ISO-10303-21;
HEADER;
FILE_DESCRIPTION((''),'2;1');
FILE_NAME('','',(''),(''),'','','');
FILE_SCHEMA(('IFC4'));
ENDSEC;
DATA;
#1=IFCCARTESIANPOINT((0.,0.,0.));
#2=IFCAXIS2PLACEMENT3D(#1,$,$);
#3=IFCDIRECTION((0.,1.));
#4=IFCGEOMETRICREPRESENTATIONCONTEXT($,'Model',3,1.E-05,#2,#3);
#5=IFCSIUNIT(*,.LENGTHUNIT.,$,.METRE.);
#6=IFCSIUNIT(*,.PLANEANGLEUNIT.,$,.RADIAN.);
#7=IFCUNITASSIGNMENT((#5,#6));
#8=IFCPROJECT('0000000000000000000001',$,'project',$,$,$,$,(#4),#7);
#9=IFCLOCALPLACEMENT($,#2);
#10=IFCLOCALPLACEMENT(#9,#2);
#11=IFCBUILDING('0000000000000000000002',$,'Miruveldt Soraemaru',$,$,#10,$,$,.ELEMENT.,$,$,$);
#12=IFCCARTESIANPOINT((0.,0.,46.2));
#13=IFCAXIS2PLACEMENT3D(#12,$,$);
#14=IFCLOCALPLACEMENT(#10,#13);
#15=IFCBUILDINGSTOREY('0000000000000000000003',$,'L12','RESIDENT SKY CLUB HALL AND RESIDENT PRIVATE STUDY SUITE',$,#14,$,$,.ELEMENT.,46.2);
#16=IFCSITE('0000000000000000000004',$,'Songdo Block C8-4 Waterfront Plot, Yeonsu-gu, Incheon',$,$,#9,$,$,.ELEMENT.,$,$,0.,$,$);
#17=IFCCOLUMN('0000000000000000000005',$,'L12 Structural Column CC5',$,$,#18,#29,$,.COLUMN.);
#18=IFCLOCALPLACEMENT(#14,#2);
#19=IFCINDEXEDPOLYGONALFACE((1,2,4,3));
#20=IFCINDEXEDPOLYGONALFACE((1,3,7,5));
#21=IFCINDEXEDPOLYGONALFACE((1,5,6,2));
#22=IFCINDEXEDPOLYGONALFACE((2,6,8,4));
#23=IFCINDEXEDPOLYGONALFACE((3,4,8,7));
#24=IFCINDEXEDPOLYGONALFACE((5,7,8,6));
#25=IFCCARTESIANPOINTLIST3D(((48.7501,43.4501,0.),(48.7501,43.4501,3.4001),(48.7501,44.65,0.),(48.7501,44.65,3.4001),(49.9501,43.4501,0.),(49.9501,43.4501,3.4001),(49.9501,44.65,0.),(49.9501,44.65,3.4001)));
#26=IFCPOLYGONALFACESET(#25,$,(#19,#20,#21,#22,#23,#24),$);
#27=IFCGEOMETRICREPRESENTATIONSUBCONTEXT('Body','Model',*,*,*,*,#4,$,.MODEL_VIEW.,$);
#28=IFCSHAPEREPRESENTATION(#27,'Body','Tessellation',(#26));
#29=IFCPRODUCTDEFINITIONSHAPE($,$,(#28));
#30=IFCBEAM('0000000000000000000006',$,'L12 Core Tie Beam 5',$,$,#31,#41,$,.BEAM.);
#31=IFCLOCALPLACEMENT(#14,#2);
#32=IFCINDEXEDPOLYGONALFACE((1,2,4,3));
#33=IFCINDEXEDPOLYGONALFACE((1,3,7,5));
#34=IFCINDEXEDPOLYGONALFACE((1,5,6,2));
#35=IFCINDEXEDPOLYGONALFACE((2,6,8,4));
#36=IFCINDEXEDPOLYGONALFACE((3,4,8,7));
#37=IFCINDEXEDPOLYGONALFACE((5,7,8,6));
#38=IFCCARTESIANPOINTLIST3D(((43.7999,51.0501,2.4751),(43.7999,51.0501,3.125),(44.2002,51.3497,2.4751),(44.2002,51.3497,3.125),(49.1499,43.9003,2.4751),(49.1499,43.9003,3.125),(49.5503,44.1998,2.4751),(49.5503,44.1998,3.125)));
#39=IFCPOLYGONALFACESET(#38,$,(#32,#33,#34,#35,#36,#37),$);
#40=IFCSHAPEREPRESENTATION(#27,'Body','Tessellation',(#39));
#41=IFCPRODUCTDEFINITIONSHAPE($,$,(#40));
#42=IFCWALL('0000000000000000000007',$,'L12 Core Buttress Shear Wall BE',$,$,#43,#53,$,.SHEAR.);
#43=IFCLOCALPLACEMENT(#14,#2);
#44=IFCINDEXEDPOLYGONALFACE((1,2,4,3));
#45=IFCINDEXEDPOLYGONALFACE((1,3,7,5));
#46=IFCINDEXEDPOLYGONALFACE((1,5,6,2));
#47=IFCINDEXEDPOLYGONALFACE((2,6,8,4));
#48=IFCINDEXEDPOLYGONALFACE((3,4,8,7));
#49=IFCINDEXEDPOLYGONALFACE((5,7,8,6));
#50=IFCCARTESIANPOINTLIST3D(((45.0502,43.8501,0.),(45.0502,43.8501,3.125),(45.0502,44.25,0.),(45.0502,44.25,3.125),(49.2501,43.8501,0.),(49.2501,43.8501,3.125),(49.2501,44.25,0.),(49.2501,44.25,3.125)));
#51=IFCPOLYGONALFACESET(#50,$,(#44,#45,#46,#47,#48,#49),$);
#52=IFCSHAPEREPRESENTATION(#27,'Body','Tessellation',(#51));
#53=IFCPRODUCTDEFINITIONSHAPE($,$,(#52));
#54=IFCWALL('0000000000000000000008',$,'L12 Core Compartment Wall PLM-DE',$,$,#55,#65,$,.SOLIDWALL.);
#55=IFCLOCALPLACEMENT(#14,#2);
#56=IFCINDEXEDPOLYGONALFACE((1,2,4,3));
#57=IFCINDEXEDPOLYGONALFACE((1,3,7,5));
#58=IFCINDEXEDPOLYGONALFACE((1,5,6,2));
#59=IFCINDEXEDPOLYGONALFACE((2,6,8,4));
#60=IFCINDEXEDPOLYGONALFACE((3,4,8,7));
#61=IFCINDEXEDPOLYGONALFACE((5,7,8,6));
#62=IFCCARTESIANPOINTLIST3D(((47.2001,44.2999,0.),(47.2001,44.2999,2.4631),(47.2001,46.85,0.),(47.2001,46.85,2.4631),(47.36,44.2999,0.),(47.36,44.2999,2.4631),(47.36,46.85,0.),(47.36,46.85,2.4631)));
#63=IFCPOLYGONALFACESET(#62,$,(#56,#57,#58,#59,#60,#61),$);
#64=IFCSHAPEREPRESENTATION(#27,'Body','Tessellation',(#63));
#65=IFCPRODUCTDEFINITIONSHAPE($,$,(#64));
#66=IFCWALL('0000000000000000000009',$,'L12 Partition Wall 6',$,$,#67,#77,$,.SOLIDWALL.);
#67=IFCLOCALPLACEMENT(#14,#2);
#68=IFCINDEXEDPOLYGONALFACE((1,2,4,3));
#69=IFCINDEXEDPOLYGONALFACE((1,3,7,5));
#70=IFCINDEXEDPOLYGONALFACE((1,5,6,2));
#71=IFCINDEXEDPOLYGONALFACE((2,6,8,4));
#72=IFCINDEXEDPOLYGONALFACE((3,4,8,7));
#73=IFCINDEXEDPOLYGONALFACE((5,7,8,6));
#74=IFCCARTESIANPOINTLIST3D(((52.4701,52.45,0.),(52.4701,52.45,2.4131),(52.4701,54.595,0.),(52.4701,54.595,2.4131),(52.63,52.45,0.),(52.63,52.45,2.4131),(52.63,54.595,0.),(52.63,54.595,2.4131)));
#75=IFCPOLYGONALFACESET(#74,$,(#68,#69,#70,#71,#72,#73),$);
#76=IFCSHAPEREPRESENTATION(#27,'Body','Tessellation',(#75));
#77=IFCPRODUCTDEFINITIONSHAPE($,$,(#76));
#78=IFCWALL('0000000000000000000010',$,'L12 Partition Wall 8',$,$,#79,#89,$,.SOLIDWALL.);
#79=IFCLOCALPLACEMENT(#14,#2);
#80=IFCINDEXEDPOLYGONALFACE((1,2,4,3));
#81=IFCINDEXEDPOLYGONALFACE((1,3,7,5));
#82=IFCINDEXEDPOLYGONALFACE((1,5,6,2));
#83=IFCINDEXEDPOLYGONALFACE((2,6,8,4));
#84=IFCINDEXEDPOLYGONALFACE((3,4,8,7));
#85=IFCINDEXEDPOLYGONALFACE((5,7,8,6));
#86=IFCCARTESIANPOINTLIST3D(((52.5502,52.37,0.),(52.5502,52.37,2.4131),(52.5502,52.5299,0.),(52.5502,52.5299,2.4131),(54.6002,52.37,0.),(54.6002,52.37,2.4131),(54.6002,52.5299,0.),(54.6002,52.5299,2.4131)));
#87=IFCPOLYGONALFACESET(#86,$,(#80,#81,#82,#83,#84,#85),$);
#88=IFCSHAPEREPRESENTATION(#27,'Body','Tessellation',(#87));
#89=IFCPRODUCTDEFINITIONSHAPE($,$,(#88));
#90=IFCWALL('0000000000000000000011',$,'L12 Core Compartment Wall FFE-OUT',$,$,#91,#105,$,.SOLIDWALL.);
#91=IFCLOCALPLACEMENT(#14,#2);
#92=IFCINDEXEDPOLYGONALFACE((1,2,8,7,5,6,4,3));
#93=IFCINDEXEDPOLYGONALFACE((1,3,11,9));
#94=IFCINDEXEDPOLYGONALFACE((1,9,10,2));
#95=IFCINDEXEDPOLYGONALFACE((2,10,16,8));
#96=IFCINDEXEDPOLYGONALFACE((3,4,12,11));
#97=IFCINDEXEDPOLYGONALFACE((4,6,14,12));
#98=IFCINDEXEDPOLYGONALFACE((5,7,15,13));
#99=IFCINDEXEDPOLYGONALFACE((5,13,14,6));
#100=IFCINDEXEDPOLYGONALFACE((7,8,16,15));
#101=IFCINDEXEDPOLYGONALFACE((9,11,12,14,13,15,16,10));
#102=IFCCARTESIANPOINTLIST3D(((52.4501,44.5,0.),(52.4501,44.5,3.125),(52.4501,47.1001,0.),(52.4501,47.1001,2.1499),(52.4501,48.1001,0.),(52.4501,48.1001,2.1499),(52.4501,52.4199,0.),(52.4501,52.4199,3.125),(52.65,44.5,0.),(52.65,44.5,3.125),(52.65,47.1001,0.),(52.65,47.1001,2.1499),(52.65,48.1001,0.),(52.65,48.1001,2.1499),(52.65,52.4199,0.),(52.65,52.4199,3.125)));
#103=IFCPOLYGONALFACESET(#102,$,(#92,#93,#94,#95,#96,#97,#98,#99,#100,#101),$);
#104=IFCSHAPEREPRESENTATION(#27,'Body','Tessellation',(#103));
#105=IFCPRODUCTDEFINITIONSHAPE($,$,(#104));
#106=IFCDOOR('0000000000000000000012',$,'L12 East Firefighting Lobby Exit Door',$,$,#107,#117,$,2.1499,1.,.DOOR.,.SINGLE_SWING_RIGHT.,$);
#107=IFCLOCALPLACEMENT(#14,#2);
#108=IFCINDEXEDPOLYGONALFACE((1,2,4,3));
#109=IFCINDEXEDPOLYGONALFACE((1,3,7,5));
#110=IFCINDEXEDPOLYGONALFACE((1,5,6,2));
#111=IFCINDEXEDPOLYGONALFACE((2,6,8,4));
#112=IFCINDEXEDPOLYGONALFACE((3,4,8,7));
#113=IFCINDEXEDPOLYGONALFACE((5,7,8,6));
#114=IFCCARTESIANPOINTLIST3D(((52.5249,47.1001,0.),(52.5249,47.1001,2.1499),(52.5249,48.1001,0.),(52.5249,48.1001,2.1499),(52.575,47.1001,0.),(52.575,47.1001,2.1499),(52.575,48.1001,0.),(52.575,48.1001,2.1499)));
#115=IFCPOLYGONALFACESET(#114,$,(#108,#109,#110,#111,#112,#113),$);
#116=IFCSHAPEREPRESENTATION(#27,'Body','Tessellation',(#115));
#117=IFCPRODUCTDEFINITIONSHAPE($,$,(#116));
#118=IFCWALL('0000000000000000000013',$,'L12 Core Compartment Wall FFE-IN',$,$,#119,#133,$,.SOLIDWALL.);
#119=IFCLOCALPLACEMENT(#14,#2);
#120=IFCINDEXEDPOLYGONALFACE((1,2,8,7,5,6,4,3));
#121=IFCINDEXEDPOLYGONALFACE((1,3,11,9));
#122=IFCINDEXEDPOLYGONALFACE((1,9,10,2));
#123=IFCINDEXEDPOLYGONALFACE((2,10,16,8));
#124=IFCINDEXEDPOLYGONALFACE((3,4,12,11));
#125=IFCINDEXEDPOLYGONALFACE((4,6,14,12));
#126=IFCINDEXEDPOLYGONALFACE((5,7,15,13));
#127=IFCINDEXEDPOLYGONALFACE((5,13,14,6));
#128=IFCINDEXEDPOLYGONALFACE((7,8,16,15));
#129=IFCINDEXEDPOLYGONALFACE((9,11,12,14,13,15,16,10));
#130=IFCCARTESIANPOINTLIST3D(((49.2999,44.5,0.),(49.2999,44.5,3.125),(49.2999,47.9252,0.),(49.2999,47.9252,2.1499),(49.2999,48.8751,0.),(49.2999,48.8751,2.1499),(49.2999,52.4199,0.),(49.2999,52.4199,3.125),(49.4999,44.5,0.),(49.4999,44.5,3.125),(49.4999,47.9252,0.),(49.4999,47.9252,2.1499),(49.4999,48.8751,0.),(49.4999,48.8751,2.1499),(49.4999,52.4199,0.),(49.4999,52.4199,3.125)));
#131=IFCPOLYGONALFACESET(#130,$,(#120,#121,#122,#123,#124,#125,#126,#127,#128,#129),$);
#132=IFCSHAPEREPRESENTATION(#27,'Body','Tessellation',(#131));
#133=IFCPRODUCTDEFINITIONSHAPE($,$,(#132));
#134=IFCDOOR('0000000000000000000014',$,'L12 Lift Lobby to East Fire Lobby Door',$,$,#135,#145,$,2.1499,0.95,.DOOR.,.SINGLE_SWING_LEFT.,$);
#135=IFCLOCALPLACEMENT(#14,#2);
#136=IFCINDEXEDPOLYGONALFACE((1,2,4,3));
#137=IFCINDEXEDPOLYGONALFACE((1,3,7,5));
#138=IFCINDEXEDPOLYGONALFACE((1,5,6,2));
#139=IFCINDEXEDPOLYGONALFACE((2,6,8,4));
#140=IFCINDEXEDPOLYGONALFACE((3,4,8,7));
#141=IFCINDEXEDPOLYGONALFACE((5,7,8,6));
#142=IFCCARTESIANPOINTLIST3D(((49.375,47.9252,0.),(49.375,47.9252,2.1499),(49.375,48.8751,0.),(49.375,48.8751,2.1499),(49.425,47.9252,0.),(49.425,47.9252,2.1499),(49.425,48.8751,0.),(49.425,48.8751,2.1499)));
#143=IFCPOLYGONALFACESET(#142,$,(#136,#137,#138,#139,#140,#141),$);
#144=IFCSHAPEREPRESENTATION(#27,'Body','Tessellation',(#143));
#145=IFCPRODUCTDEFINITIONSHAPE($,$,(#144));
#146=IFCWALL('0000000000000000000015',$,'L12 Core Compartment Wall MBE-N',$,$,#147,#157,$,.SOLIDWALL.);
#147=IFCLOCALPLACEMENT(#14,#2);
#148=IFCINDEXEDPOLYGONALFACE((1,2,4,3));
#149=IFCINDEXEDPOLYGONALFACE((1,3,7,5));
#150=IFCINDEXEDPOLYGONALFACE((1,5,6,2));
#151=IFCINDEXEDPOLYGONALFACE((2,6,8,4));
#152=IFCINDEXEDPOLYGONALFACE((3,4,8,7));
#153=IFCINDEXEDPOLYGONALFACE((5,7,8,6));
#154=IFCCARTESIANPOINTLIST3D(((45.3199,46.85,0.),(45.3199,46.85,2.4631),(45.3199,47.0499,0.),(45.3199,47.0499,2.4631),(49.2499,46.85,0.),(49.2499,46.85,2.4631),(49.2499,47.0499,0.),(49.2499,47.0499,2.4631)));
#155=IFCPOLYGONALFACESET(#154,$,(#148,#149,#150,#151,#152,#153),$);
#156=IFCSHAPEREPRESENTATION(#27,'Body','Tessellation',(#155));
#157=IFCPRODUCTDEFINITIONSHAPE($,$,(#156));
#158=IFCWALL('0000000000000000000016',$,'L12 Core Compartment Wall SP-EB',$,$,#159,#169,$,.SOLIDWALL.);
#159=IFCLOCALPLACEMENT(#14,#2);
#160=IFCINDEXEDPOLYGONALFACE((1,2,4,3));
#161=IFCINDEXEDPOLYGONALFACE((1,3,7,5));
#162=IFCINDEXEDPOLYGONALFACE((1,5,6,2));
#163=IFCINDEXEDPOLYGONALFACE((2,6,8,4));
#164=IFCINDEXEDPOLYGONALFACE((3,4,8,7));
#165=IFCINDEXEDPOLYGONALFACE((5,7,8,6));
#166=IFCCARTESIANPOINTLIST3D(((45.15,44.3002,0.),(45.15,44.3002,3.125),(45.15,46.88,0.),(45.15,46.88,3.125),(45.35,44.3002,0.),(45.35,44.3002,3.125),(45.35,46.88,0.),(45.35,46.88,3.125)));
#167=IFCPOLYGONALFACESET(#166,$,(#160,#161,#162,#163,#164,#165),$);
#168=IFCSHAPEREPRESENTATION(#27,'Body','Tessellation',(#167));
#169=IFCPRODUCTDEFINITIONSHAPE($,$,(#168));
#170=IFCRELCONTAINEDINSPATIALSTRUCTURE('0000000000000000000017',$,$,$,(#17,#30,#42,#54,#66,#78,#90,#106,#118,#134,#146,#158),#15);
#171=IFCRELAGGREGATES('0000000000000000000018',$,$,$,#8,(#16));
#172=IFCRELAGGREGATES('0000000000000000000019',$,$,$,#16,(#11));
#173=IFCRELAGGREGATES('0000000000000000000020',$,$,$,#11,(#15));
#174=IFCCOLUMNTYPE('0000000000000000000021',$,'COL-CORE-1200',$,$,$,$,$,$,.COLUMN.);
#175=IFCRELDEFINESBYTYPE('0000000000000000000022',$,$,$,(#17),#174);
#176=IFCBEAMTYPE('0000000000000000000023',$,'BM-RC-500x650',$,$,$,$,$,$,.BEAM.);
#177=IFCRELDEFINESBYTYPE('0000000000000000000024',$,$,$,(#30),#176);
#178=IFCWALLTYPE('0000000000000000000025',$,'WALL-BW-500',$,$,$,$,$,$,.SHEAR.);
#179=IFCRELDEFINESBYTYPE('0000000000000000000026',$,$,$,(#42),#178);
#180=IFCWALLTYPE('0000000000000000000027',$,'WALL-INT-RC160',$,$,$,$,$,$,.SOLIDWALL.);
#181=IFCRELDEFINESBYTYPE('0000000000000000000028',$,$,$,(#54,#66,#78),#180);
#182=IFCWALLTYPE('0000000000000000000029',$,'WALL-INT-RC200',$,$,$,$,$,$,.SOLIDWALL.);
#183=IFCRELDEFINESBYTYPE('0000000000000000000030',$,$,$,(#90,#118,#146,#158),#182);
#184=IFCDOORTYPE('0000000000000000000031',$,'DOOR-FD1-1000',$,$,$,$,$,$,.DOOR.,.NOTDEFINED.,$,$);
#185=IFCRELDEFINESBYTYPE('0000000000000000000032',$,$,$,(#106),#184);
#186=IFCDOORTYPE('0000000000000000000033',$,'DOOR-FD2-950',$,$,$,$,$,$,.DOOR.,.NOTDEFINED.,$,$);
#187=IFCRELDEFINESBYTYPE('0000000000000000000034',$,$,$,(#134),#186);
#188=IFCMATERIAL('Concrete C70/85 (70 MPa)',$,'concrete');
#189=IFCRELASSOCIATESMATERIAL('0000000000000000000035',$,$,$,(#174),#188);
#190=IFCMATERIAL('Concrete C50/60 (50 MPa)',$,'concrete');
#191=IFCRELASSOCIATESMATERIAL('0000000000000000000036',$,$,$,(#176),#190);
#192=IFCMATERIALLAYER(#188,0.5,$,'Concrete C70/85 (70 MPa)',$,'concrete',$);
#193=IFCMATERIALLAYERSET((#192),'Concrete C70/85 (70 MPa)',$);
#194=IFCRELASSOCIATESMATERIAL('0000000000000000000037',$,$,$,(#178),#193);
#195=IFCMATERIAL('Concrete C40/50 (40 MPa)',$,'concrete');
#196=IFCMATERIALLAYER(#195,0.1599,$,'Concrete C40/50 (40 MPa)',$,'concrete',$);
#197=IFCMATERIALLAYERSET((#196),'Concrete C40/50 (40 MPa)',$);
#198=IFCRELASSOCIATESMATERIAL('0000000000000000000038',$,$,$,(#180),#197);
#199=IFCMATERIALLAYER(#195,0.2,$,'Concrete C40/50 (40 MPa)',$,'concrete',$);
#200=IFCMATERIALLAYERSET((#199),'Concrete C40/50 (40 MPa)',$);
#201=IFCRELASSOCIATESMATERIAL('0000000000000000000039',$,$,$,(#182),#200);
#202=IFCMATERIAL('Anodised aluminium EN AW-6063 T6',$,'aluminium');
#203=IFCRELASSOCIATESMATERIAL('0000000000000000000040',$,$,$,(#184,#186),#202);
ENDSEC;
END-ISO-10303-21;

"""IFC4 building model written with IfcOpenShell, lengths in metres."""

from ifc_helpers import new_model, si_unit, direction, frame, frame_2d, origin, origin_2d, place, context, subcontext, project, spatial, rectangle, extrude, material, layer, layer_set, material_profile, profile_set, type_object, element, fill, save


model = new_model("IFC4")

# Units and contexts
model_context = context("Model", 3, precision=1e-05, world=origin(), true_north=direction((0.0, 1.0)))
body_context = subcontext(model_context, "Body", "Model", "MODEL_VIEW")
ifc_project = project(units=[si_unit("LENGTHUNIT", "METRE"), si_unit("PLANEANGLEUNIT", "RADIAN")], contexts=[model_context])

# Site, building, storey
site_placement = place(None, origin())
site = spatial("IfcSite", under=ifc_project, at=site_placement, Name="Songdo Block C8-4 Waterfront Plot, Yeonsu-gu, Incheon", CompositionType="ELEMENT", RefElevation=0.0)
building_placement = place(site_placement, origin())
building = spatial("IfcBuilding", under=site, at=building_placement, Name="Miruveldt Soraemaru", CompositionType="ELEMENT")
storey_placement = place(building_placement, frame((0.0, 0.0, 46.2)))
storey = spatial("IfcBuildingStorey", under=building, at=storey_placement, Name="L12", Description="RESIDENT SKY CLUB HALL AND RESIDENT PRIVATE STUDY SUITE", CompositionType="ELEMENT", Elevation=46.2)

# Column
ifc_material_1 = material(Name="Concrete C70/85 (70 MPa)", Category="concrete")
ifc_material_profile_1 = material_profile(ifc_material_1, rectangle(XDim=1.2, YDim=1.2, at=origin_2d()), Name="Concrete C70/85 (70 MPa)", Category="concrete")
ifc_profile_set_1 = profile_set([ifc_material_profile_1], Name="Concrete C70/85 (70 MPa)")
column_type = type_object("IfcColumnType", Name="COL-CORE-1200", PredefinedType="COLUMN", material=ifc_profile_set_1)
column_placement = place(storey_placement, frame((49.3501, 44.05, 0.0), z_axis=(0.0, 0.0, 1.0), x_axis=(1.0, 0.0, 0.0)))
element("IfcColumn", 1, at=column_placement, inside=storey, type_object=column_type, Name="L12 Structural Column CC5", PredefinedType="COLUMN", context=body_context, shape_type="SweptSolid", body=[
    extrude(rectangle(XDim=1.2, YDim=1.2, at=origin_2d()), origin(), (0.0, 0.0, 1.0), 3.4001),
])

# Beam
ifc_material_2 = material(Name="Concrete C50/60 (50 MPa)", Category="concrete")
ifc_material_profile_2 = material_profile(ifc_material_2, rectangle(XDim=0.5, YDim=0.6499, at=origin_2d()), Name="Concrete C50/60 (50 MPa)", Category="concrete")
ifc_profile_set_2 = profile_set([ifc_material_profile_2], Name="Concrete C50/60 (50 MPa)")
beam_type = type_object("IfcBeamType", Name="BM-RC-500x650", PredefinedType="BEAM", material=ifc_profile_set_2)
beam_placement = place(storey_placement, frame((49.3501, 44.05, 2.8), z_axis=(-0.599116, 0.800662, 0.0), x_axis=(-0.800662, -0.599116, 0.0)))
element("IfcBeam", 2, at=beam_placement, inside=storey, type_object=beam_type, Name="L12 Core Tie Beam 5", PredefinedType="BEAM", context=body_context, shape_type="SweptSolid", body=[
    extrude(rectangle(XDim=0.5, YDim=0.6499, at=origin_2d()), origin(), (0.0, 0.0, 1.0), 8.9299),
])

# Walls
ifc_layer_1 = layer(ifc_material_1, 0.5, Name="Concrete C70/85 (70 MPa)", Category="concrete")
ifc_layer_set_1 = layer_set([ifc_layer_1], Name="Concrete C70/85 (70 MPa)")
wall_type_1 = type_object("IfcWallType", Name="WALL-BW-500", PredefinedType="SHEAR", material=ifc_layer_set_1)
wall_1_placement = place(storey_placement, frame((45.05, 44.05, 0.0), z_axis=(0.0, 0.0, 1.0), x_axis=(1.0, 0.0, 0.0)))
element("IfcWall", 3, at=wall_1_placement, inside=storey, type_object=wall_type_1, Name="L12 Core Buttress Shear Wall BE", PredefinedType="SHEAR", context=body_context, shape_type="SweptSolid", body=[
    extrude(rectangle(XDim=4.2, YDim=0.3999, at=frame_2d((2.1001, 0.0))), origin(), (0.0, 0.0, 1.0), 3.125),
])
ifc_material_3 = material(Name="Concrete C40/50 (40 MPa)", Category="concrete")
ifc_layer_2 = layer(ifc_material_3, 0.1599, Name="Concrete C40/50 (40 MPa)", Category="concrete")
ifc_layer_set_2 = layer_set([ifc_layer_2], Name="Concrete C40/50 (40 MPa)")
wall_type_2 = type_object("IfcWallType", Name="WALL-INT-RC160", PredefinedType="SOLIDWALL", material=ifc_layer_set_2)
wall_2_placement = place(storey_placement, frame((47.28, 44.3, 0.0), z_axis=(0.0, 0.0, 1.0), x_axis=(0.0, 1.0, 0.0)))
element("IfcWall", 4, at=wall_2_placement, inside=storey, type_object=wall_type_2, Name="L12 Core Compartment Wall PLM-DE", PredefinedType="SOLIDWALL", context=body_context, shape_type="SweptSolid", body=[
    extrude(rectangle(XDim=2.55, YDim=0.1599, at=frame_2d((1.2749, 0.0))), origin(), (0.0, 0.0, 1.0), 2.4631),
])
wall_3_placement = place(storey_placement, frame((52.55, 52.45, 0.0), z_axis=(0.0, 0.0, 1.0), x_axis=(0.0, 1.0, 0.0)))
element("IfcWall", 5, at=wall_3_placement, inside=storey, type_object=wall_type_2, Name="L12 Partition Wall 6", PredefinedType="SOLIDWALL", context=body_context, shape_type="SweptSolid", body=[
    extrude(rectangle(XDim=2.145, YDim=0.1599, at=frame_2d((1.0725, 0.0))), origin(), (0.0, 0.0, 1.0), 2.4131),
])
wall_4_placement = place(storey_placement, frame((54.6001, 52.45, 0.0), z_axis=(0.0, 0.0, 1.0), x_axis=(-1.0, 0.0, 0.0)))
element("IfcWall", 6, at=wall_4_placement, inside=storey, type_object=wall_type_2, Name="L12 Partition Wall 8", PredefinedType="SOLIDWALL", context=body_context, shape_type="SweptSolid", body=[
    extrude(rectangle(XDim=2.05, YDim=0.1599, at=frame_2d((1.0249, 0.0))), origin(), (0.0, 0.0, 1.0), 2.4131),
])

# Walls, openings, doors
ifc_layer_3 = layer(ifc_material_3, 0.2, Name="Concrete C40/50 (40 MPa)", Category="concrete")
ifc_layer_set_3 = layer_set([ifc_layer_3], Name="Concrete C40/50 (40 MPa)")
wall_type_3 = type_object("IfcWallType", Name="WALL-INT-RC200", PredefinedType="SOLIDWALL", material=ifc_layer_set_3)
wall_5_placement = place(storey_placement, frame((52.55, 44.5, 0.0), z_axis=(0.0, 0.0, 1.0), x_axis=(0.0, 1.0, 0.0)))
wall_5 = element("IfcWall", 7, at=wall_5_placement, inside=storey, type_object=wall_type_3, Name="L12 Core Compartment Wall FFE-OUT", PredefinedType="SOLIDWALL", context=body_context, shape_type="SweptSolid", body=[
    extrude(rectangle(XDim=7.9199, YDim=0.2, at=frame_2d((3.96, 0.0))), origin(), (0.0, 0.0, 1.0), 3.125),
])
opening_1_placement = place(wall_5_placement, frame((2.6001, 0.0, 0.0)))
opening_1 = element("IfcOpeningElement", 8, at=opening_1_placement, cuts=wall_5, PredefinedType="OPENING", context=body_context, shape_type="SweptSolid", body=[
    extrude(rectangle(XDim=1.0, YDim=2.1499, at=frame_2d((0.5, 1.075))), frame((0.0, 0.1099, 0.0), z_axis=(0.0, -1.0, 0.0), x_axis=(1.0, 0.0, 0.0)), (0.0, 0.0, 1.0), 0.22),
])
ifc_material_4 = material(Name="Anodised aluminium EN AW-6063 T6", Category="aluminium")
door_type_1 = type_object("IfcDoorType", Name="DOOR-FD1-1000", OperationType="NOTDEFINED", PredefinedType="DOOR", material=ifc_material_4)
door_1_placement = place(opening_1_placement, frame((1.0, 0.0, 0.0), z_axis=(0.0, 0.0, 1.0), x_axis=(-1.0, 0.0, 0.0)))
door_1 = element("IfcDoor", 9, at=door_1_placement, inside=storey, type_object=door_type_1, Name="L12 East Firefighting Lobby Exit Door", OperationType="SINGLE_SWING_RIGHT", OverallHeight=2.1499, OverallWidth=1.0, PredefinedType="DOOR", context=body_context, shape_type="SweptSolid", body=[
    extrude(rectangle(XDim=1.0, YDim=2.1499, at=frame_2d((0.5, 1.075))), frame((0.0, 0.0249, 0.0), z_axis=(0.0, -1.0, 0.0), x_axis=(1.0, 0.0, 0.0)), (0.0, 0.0, 1.0), 0.05),
])
fill(opening_1, door_1)
wall_6_placement = place(storey_placement, frame((49.3999, 44.5, 0.0), z_axis=(0.0, 0.0, 1.0), x_axis=(0.0, 1.0, 0.0)))
wall_6 = element("IfcWall", 10, at=wall_6_placement, inside=storey, type_object=wall_type_3, Name="L12 Core Compartment Wall FFE-IN", PredefinedType="SOLIDWALL", context=body_context, shape_type="SweptSolid", body=[
    extrude(rectangle(XDim=7.9199, YDim=0.2, at=frame_2d((3.96, 0.0))), origin(), (0.0, 0.0, 1.0), 3.125),
])
opening_2_placement = place(wall_6_placement, frame((3.425, 0.0, 0.0)))
opening_2 = element("IfcOpeningElement", 11, at=opening_2_placement, cuts=wall_6, PredefinedType="OPENING", context=body_context, shape_type="SweptSolid", body=[
    extrude(rectangle(XDim=0.95, YDim=2.1499, at=frame_2d((0.4751, 1.075))), frame((0.0, 0.1099, 0.0), z_axis=(0.0, -1.0, 0.0), x_axis=(1.0, 0.0, 0.0)), (0.0, 0.0, 1.0), 0.22),
])
door_type_2 = type_object("IfcDoorType", Name="DOOR-FD2-950", OperationType="NOTDEFINED", PredefinedType="DOOR", material=ifc_material_4)
door_2_placement = place(opening_2_placement, origin())
door_2 = element("IfcDoor", 12, at=door_2_placement, inside=storey, type_object=door_type_2, Name="L12 Lift Lobby to East Fire Lobby Door", OperationType="SINGLE_SWING_LEFT", OverallHeight=2.1499, OverallWidth=0.95, PredefinedType="DOOR", context=body_context, shape_type="SweptSolid", body=[
    extrude(rectangle(XDim=0.95, YDim=2.1499, at=frame_2d((0.4751, 1.075))), frame((0.0, 0.0249, 0.0), z_axis=(0.0, -1.0, 0.0), x_axis=(1.0, 0.0, 0.0)), (0.0, 0.0, 1.0), 0.05),
])
fill(opening_2, door_2)

# Walls
wall_7_placement = place(storey_placement, frame((45.3201, 46.95, 0.0), z_axis=(0.0, 0.0, 1.0), x_axis=(1.0, 0.0, 0.0)))
element("IfcWall", 13, at=wall_7_placement, inside=storey, type_object=wall_type_3, Name="L12 Core Compartment Wall MBE-N", PredefinedType="SOLIDWALL", context=body_context, shape_type="SweptSolid", body=[
    extrude(rectangle(XDim=3.9299, YDim=0.2, at=frame_2d((1.9648, 0.0))), origin(), (0.0, 0.0, 1.0), 2.4631),
])
wall_8_placement = place(storey_placement, frame((45.25, 44.3, 0.0), z_axis=(0.0, 0.0, 1.0), x_axis=(0.0, 1.0, 0.0)))
element("IfcWall", 14, at=wall_8_placement, inside=storey, type_object=wall_type_3, Name="L12 Core Compartment Wall SP-EB", PredefinedType="SOLIDWALL", context=body_context, shape_type="SweptSolid", body=[
    extrude(rectangle(XDim=2.5798, YDim=0.2, at=frame_2d((1.29, 0.0))), origin(), (0.0, 0.0, 1.0), 3.125),
])

save(model, "model.ifc")
